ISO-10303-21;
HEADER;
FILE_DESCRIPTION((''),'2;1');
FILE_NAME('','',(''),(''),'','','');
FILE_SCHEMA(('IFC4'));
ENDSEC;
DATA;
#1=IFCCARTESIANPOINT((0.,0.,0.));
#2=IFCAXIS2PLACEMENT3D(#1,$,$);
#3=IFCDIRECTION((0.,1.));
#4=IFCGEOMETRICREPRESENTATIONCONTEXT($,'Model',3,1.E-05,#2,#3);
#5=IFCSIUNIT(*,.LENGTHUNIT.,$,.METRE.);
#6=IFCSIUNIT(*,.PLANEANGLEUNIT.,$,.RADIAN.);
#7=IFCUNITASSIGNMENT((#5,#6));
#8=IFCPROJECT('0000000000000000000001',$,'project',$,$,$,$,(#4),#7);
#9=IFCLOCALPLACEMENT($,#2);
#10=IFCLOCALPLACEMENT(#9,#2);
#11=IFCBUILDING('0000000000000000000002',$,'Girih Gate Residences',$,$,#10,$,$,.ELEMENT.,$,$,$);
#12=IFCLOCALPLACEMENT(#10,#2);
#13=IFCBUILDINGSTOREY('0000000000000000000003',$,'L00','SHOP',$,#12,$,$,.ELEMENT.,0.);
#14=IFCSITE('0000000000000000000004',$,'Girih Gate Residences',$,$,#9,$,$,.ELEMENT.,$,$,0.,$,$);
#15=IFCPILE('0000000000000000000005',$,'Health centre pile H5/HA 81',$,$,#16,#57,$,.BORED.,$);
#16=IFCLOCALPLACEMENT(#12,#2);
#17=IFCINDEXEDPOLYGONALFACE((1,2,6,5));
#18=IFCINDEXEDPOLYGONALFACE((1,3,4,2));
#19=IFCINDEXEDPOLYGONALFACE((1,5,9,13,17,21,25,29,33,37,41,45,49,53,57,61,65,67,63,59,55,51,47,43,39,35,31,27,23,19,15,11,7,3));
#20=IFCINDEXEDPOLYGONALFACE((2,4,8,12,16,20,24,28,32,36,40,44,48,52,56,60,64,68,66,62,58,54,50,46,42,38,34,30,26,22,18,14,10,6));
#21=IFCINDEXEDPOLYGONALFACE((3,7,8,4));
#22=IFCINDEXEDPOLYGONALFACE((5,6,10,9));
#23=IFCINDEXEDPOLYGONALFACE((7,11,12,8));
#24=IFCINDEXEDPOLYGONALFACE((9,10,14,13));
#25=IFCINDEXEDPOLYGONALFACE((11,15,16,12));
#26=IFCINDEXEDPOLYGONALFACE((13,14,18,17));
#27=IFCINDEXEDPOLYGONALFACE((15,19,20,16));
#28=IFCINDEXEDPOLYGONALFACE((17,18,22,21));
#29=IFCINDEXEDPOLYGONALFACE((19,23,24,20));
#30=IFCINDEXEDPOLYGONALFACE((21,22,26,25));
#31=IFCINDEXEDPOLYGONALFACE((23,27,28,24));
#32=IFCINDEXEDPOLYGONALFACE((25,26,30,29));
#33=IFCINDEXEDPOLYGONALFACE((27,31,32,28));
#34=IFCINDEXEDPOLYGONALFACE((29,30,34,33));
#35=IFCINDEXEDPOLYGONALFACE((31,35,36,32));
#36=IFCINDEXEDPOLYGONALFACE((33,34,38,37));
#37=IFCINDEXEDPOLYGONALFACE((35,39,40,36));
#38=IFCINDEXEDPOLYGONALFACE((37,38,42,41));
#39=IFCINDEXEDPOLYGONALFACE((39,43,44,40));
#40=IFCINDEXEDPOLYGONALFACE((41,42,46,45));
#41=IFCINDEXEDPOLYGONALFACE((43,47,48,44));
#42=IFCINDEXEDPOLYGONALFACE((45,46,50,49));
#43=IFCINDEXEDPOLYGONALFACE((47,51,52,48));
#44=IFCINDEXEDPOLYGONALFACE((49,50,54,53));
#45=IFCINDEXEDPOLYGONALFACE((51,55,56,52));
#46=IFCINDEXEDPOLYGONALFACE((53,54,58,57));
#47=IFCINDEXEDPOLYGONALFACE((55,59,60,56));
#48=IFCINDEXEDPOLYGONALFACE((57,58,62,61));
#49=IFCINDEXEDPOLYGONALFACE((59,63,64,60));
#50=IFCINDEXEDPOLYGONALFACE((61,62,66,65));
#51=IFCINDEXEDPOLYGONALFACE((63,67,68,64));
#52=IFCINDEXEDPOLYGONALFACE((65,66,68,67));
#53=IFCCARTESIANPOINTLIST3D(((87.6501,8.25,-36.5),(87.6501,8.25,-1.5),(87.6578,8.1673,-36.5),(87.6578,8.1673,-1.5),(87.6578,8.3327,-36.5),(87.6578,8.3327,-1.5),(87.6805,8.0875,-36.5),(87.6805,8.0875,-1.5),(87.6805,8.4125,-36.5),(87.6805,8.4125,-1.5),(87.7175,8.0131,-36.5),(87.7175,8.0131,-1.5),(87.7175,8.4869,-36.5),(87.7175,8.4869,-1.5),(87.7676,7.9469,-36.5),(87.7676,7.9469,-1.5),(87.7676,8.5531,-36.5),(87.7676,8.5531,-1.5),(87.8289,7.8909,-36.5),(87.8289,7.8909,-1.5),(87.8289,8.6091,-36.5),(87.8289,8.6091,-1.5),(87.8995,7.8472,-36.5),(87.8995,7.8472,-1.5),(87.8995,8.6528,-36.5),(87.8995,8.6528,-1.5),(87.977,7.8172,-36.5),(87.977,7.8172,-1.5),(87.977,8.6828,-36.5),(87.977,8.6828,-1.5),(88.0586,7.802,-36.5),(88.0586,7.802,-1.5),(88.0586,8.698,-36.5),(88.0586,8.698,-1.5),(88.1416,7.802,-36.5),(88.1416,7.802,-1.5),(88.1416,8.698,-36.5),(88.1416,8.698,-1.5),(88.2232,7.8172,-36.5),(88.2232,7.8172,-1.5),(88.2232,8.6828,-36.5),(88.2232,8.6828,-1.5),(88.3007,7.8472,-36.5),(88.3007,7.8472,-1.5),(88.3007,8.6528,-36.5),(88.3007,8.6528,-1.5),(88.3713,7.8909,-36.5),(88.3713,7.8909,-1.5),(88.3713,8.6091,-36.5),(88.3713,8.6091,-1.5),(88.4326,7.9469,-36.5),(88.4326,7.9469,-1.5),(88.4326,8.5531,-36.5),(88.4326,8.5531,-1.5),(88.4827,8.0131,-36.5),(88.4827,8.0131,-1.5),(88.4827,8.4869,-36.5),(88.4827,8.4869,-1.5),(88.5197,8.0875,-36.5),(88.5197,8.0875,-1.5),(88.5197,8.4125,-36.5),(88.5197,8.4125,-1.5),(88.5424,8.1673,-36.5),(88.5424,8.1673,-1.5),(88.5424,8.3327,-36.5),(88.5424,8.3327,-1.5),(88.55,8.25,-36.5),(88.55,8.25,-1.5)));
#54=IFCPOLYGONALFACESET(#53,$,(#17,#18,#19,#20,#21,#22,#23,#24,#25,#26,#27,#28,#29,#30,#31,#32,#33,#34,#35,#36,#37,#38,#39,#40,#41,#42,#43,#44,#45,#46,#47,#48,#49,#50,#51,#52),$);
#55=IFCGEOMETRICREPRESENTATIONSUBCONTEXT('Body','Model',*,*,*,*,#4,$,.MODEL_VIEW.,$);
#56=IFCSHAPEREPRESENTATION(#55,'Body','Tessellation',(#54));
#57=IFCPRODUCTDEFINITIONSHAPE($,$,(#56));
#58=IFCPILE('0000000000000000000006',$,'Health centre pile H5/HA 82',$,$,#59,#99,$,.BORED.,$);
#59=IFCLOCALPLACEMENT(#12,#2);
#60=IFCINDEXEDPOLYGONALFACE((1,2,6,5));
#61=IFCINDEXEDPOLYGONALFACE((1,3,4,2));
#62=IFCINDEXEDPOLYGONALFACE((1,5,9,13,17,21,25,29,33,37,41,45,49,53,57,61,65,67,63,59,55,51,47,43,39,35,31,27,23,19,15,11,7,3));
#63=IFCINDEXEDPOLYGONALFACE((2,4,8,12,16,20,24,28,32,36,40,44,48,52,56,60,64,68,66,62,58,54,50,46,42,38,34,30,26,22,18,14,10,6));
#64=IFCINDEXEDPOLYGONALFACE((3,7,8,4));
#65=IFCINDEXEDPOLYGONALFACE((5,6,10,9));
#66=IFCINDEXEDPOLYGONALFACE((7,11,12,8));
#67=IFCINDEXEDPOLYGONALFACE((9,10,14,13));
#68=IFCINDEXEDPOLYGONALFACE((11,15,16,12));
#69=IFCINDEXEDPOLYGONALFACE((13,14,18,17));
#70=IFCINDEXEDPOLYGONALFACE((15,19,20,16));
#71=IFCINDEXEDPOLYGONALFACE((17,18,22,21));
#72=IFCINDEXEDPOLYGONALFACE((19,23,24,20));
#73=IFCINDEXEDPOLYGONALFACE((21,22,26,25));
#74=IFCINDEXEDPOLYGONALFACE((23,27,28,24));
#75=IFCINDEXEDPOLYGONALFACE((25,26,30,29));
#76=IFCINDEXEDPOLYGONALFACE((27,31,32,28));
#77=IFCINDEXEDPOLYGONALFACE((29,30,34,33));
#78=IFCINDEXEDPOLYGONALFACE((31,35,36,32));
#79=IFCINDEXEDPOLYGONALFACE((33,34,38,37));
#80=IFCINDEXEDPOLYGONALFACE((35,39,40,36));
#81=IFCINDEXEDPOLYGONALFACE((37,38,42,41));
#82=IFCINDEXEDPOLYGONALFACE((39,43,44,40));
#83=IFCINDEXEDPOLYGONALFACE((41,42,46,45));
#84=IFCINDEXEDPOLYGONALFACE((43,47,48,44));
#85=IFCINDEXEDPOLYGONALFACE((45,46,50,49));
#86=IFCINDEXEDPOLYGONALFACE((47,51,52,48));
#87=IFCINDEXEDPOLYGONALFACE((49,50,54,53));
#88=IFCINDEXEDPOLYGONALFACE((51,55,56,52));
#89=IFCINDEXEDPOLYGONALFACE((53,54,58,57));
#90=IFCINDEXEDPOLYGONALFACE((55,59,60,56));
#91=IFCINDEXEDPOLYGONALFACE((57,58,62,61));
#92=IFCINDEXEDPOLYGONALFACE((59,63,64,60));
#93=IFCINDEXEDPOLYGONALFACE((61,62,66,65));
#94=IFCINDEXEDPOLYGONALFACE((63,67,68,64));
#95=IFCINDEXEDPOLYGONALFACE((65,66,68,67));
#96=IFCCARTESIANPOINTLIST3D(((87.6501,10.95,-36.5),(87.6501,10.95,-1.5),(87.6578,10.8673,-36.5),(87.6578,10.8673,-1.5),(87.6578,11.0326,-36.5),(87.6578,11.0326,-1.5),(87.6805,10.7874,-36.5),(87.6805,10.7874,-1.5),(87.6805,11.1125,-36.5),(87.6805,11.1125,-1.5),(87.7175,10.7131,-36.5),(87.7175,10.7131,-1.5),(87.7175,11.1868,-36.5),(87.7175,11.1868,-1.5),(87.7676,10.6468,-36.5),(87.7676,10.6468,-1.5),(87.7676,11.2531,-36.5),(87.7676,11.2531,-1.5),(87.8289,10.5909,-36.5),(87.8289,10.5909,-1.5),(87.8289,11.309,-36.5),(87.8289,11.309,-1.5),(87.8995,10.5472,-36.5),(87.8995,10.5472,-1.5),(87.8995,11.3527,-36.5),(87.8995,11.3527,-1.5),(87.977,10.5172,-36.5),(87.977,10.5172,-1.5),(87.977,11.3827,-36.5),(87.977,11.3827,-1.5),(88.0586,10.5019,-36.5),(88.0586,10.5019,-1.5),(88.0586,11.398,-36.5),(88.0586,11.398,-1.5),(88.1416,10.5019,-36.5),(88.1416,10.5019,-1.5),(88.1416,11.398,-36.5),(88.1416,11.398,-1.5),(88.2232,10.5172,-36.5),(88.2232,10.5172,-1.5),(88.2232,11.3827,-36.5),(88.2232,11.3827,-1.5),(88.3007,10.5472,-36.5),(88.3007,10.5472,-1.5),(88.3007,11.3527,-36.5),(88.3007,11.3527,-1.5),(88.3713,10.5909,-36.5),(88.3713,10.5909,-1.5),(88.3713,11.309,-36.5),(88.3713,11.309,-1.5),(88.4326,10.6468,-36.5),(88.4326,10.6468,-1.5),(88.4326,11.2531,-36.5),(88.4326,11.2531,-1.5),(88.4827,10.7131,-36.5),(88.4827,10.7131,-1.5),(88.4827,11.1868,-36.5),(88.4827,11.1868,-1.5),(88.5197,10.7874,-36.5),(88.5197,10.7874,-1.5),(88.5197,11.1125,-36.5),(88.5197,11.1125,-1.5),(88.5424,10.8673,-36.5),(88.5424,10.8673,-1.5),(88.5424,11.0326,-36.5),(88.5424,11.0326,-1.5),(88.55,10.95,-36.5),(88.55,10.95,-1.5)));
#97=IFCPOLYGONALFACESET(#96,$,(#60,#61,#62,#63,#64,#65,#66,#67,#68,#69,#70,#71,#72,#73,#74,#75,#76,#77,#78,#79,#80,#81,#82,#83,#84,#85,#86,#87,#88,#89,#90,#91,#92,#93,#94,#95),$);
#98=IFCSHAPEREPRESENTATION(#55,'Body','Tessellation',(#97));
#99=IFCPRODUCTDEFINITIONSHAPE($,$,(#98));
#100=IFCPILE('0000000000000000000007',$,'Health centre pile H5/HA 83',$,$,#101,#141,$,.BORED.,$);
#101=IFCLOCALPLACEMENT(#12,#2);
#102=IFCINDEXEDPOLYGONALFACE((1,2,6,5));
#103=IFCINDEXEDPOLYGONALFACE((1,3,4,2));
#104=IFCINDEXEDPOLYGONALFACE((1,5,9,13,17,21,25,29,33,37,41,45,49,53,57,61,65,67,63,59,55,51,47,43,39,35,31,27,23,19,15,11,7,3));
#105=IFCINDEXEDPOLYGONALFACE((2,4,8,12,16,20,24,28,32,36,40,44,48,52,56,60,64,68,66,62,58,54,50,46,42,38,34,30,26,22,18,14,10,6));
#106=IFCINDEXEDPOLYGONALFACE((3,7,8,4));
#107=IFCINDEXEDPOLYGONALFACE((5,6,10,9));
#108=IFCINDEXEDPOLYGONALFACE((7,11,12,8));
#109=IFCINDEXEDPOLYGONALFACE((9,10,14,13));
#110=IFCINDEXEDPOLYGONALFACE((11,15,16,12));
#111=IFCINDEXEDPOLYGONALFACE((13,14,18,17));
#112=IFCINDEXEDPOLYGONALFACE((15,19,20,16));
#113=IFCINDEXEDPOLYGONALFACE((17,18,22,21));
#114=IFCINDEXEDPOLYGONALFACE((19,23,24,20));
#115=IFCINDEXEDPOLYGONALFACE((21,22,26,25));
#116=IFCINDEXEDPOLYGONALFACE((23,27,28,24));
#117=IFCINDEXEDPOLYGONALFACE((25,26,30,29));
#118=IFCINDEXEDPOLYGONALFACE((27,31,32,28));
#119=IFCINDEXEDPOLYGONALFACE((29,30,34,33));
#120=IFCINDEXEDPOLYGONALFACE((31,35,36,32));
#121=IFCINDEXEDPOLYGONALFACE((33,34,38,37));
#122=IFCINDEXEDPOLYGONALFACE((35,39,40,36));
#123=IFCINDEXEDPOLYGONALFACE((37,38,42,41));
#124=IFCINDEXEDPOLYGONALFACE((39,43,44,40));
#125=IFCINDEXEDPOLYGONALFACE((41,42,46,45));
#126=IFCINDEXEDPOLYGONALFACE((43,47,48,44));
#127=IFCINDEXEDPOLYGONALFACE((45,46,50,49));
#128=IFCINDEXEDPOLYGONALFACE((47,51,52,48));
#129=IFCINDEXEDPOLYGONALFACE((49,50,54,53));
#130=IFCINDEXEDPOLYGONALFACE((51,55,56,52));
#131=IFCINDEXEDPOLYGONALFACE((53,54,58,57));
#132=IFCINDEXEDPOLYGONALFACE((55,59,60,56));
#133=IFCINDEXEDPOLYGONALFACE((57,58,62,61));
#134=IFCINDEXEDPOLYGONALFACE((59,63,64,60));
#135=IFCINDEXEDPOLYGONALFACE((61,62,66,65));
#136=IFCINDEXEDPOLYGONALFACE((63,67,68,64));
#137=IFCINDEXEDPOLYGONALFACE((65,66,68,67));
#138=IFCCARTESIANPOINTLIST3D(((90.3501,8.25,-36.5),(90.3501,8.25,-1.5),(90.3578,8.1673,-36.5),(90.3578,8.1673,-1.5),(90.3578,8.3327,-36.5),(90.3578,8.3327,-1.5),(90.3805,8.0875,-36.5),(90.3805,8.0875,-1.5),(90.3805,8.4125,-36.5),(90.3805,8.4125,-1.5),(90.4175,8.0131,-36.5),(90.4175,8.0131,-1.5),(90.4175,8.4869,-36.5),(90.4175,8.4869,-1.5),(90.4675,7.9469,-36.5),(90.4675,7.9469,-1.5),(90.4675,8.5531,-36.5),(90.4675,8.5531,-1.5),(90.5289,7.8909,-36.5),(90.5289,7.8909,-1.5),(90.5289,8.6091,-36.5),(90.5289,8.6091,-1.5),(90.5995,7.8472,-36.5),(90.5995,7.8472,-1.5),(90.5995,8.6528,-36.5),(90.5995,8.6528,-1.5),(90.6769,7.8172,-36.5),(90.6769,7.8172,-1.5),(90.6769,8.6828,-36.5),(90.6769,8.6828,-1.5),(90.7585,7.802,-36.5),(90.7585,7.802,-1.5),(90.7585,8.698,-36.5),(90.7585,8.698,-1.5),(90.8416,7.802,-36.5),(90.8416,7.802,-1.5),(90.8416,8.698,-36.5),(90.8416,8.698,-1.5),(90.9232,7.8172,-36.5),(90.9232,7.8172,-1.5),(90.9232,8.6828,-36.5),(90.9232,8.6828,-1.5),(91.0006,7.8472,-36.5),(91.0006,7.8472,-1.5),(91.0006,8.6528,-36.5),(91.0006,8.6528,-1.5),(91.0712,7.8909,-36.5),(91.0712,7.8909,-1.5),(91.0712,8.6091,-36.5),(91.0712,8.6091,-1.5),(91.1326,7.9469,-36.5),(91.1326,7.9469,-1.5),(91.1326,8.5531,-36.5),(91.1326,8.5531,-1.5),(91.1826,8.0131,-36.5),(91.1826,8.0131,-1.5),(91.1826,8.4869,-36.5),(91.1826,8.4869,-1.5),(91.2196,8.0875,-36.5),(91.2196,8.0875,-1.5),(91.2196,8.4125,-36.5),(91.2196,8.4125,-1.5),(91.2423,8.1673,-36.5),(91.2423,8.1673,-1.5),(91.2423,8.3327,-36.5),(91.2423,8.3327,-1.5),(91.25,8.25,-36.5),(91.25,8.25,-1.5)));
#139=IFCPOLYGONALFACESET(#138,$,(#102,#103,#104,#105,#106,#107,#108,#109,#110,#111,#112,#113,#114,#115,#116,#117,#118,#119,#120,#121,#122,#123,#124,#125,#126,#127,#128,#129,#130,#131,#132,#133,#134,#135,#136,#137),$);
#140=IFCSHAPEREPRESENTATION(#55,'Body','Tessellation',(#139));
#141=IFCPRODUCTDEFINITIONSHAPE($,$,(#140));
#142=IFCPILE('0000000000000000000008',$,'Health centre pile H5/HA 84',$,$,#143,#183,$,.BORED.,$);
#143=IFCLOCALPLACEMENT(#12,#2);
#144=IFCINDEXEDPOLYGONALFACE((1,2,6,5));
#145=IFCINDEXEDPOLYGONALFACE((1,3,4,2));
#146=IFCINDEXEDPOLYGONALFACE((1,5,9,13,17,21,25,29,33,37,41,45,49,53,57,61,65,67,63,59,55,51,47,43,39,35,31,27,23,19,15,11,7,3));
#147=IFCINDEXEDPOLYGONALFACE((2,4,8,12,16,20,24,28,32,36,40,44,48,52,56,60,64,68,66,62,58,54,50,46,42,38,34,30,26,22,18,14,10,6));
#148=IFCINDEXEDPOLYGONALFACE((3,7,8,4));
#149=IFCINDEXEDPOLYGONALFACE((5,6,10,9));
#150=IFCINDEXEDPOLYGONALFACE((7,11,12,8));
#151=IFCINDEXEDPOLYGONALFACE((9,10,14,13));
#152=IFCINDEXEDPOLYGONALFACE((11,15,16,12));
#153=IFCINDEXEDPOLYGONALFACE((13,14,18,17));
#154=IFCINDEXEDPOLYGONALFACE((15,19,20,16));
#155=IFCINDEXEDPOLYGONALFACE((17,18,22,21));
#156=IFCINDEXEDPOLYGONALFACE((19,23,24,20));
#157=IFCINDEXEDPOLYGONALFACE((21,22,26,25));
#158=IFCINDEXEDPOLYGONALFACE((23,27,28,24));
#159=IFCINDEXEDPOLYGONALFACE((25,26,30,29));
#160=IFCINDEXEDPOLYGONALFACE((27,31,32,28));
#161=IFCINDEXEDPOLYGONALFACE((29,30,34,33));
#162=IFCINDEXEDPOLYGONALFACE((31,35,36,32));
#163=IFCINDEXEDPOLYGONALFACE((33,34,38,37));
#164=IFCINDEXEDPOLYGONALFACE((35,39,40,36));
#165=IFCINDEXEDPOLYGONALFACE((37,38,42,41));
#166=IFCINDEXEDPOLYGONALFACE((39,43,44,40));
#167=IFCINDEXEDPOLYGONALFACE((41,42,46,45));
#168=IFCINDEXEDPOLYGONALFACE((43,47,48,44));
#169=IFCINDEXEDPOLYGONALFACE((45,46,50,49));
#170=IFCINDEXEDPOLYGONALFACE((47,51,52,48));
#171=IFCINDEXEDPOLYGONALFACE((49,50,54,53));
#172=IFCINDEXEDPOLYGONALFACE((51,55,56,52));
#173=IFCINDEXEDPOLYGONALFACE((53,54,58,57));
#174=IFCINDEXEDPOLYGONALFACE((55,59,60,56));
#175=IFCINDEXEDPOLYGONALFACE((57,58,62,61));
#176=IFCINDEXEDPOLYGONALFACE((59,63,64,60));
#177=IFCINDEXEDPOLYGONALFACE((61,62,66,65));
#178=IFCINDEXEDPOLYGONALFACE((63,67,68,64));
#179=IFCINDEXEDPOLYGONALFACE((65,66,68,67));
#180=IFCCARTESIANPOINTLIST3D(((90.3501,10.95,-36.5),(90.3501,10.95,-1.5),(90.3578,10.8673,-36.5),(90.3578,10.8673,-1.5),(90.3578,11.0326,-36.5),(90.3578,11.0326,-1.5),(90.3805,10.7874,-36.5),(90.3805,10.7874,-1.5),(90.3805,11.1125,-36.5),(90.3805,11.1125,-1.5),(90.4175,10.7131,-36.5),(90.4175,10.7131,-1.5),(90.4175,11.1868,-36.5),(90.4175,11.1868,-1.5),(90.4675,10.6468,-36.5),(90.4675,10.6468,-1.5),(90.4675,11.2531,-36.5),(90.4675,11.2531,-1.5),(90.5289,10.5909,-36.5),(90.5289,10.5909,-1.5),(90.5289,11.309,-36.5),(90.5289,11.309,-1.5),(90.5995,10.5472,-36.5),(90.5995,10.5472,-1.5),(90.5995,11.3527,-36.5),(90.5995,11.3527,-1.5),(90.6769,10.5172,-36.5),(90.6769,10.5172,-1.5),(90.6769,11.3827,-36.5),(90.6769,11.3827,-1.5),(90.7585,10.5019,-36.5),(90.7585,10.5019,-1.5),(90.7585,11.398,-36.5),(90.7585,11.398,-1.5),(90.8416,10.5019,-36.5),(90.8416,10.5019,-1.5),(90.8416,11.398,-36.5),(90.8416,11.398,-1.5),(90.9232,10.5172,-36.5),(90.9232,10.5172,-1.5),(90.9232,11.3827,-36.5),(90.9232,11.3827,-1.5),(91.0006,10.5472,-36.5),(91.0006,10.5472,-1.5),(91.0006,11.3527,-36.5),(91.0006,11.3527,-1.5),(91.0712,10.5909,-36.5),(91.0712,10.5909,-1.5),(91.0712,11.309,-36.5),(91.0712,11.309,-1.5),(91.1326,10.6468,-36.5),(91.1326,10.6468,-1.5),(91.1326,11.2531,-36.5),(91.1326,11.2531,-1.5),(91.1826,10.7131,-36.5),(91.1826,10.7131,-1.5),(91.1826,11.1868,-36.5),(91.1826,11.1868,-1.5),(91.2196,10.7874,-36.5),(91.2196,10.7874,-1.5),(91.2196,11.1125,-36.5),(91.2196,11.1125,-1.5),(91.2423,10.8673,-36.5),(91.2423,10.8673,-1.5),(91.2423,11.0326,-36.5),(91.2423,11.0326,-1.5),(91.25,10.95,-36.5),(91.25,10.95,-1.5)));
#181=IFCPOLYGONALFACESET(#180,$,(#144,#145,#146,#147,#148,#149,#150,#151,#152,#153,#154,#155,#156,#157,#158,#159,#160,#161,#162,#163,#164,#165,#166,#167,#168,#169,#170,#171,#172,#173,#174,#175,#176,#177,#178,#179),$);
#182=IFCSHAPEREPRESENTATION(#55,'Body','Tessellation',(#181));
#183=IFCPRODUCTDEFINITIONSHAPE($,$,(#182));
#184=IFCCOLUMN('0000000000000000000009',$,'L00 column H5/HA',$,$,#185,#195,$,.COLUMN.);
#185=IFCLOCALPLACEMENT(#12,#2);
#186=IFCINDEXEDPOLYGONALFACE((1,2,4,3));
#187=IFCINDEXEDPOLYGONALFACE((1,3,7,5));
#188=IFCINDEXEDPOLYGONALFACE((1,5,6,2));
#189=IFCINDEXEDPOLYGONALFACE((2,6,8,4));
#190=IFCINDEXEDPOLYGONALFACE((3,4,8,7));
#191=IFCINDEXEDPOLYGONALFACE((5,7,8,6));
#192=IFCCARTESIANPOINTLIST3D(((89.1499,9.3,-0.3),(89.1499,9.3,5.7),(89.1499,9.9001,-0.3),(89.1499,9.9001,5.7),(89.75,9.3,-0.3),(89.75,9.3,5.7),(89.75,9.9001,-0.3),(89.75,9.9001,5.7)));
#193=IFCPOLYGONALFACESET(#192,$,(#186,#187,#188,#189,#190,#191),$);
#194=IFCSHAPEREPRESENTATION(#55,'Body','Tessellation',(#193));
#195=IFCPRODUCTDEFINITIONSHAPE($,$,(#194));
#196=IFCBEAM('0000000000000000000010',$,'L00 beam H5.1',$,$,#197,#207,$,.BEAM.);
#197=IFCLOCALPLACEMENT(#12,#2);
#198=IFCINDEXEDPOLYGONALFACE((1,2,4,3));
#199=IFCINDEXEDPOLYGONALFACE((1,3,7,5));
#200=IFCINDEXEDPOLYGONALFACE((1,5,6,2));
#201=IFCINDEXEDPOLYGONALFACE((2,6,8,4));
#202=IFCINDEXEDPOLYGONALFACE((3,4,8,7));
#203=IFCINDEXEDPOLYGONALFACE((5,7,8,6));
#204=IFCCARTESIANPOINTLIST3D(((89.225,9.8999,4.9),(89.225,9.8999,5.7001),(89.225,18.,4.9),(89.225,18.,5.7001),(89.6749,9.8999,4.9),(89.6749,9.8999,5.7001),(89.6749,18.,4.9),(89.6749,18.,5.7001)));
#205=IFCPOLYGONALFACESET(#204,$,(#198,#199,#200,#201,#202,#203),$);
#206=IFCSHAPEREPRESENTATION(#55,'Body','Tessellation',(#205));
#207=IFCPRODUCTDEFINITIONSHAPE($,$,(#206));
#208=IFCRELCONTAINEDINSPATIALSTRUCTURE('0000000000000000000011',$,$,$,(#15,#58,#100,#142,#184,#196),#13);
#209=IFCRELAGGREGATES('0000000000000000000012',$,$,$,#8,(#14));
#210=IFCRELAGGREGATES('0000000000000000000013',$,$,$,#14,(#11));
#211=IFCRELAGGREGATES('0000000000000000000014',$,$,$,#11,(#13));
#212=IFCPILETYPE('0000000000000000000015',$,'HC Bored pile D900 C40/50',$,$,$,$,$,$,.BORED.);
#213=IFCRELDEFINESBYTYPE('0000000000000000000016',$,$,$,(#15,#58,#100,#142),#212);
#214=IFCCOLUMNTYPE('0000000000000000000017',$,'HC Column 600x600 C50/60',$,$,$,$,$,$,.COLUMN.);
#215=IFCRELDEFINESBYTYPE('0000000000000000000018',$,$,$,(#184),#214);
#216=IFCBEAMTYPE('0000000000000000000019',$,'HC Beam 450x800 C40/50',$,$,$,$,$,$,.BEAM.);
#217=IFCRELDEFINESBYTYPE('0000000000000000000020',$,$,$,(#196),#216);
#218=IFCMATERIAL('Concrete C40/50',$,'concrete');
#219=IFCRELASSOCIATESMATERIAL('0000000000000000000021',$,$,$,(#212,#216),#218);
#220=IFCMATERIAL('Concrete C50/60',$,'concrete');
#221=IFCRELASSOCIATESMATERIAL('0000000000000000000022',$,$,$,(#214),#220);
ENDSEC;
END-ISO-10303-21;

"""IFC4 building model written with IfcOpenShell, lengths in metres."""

from ifc_helpers import new_model, si_unit, direction, frame, origin, origin_2d, place, context, subcontext, project, spatial, rectangle, circle, extrude, material, material_profile, profile_set, type_object, element, save


model = new_model("IFC4")

# Units and contexts
model_context = context("Model", 3, precision=1e-05, world=origin(), true_north=direction((0.0, 1.0)))
body_context = subcontext(model_context, "Body", "Model", "MODEL_VIEW")
ifc_project = project(units=[si_unit("LENGTHUNIT", "METRE"), si_unit("PLANEANGLEUNIT", "RADIAN")], contexts=[model_context])

# Site, building, storey
site_placement = place(None, origin())
site = spatial("IfcSite", under=ifc_project, at=site_placement, Name="Girih Gate Residences", CompositionType="ELEMENT", RefElevation=0.0)
building_placement = place(site_placement, origin())
building = spatial("IfcBuilding", under=site, at=building_placement, Name="Girih Gate Residences", CompositionType="ELEMENT")
storey_placement = place(building_placement, origin())
storey = spatial("IfcBuildingStorey", under=building, at=storey_placement, Name="L00", Description="SHOP", CompositionType="ELEMENT", Elevation=0.0)

# Piles
ifc_material_1 = material(Name="Concrete C40/50", Category="concrete")
ifc_material_profile_1 = material_profile(ifc_material_1, circle(Radius=0.45, at=origin_2d()))
ifc_profile_set_1 = profile_set([ifc_material_profile_1], Name="Concrete C40/50")
pile_type = type_object("IfcPileType", Name="HC Bored pile D900 C40/50", PredefinedType="BORED", material=ifc_profile_set_1)
for number, where, z_axis, x_axis, name in (
    (1, (88.1001, 8.25, -1.5), (0.0, 0.0, -1.0), (1.0, 0.0, 0.0), "Health centre pile H5/HA 81"),
    (2, (88.1001, 10.95, -1.5), (0.0, 0.0, -1.0), (1.0, 0.0, 0.0), "Health centre pile H5/HA 82"),
    (3, (90.8, 8.25, -1.5), (0.0, 0.0, -1.0), (1.0, 0.0, 0.0), "Health centre pile H5/HA 83"),
    (4, (90.8, 10.95, -1.5), (0.0, 0.0, -1.0), (1.0, 0.0, 0.0), "Health centre pile H5/HA 84"),
):
    element("IfcPile", number, at=place(storey_placement, frame(where, z_axis=z_axis, x_axis=x_axis)), inside=storey, type_object=pile_type, Name=name, PredefinedType="BORED", context=body_context, shape_type="SweptSolid", body=[
        extrude(circle(Radius=0.45, at=origin_2d()), origin(), (0.0, 0.0, 1.0), 35.0),
    ])

# Column
ifc_material_2 = material(Name="Concrete C50/60", Category="concrete")
ifc_material_profile_2 = material_profile(ifc_material_2, rectangle(XDim=0.6001, YDim=0.6001, at=origin_2d()))
ifc_profile_set_2 = profile_set([ifc_material_profile_2], Name="Concrete C50/60")
column_type = type_object("IfcColumnType", Name="HC Column 600x600 C50/60", PredefinedType="COLUMN", material=ifc_profile_set_2)
column_placement = place(storey_placement, frame((89.45, 9.6001, -0.3), z_axis=(0.0, 0.0, 1.0), x_axis=(1.0, 0.0, 0.0)))
element("IfcColumn", 5, at=column_placement, inside=storey, type_object=column_type, Name="L00 column H5/HA", PredefinedType="COLUMN", context=body_context, shape_type="SweptSolid", body=[
    extrude(rectangle(XDim=0.6001, YDim=0.6001, at=origin_2d()), origin(), (0.0, 0.0, 1.0), 6.0),
])

# Beam
ifc_material_profile_3 = material_profile(ifc_material_1, rectangle(XDim=0.45, YDim=0.8, at=origin_2d()))
ifc_profile_set_3 = profile_set([ifc_material_profile_3], Name="Concrete C40/50")
beam_type = type_object("IfcBeamType", Name="HC Beam 450x800 C40/50", PredefinedType="BEAM", material=ifc_profile_set_3)
beam_placement = place(storey_placement, frame((89.45, 9.8999, 5.3), z_axis=(0.0, 1.0, 0.0), x_axis=(-1.0, 0.0, 0.0)))
element("IfcBeam", 6, at=beam_placement, inside=storey, type_object=beam_type, Name="L00 beam H5.1", PredefinedType="BEAM", context=body_context, shape_type="SweptSolid", body=[
    extrude(rectangle(XDim=0.45, YDim=0.8, at=origin_2d()), origin(), (0.0, 0.0, 1.0), 8.1001),
])

save(model, "model.ifc")
